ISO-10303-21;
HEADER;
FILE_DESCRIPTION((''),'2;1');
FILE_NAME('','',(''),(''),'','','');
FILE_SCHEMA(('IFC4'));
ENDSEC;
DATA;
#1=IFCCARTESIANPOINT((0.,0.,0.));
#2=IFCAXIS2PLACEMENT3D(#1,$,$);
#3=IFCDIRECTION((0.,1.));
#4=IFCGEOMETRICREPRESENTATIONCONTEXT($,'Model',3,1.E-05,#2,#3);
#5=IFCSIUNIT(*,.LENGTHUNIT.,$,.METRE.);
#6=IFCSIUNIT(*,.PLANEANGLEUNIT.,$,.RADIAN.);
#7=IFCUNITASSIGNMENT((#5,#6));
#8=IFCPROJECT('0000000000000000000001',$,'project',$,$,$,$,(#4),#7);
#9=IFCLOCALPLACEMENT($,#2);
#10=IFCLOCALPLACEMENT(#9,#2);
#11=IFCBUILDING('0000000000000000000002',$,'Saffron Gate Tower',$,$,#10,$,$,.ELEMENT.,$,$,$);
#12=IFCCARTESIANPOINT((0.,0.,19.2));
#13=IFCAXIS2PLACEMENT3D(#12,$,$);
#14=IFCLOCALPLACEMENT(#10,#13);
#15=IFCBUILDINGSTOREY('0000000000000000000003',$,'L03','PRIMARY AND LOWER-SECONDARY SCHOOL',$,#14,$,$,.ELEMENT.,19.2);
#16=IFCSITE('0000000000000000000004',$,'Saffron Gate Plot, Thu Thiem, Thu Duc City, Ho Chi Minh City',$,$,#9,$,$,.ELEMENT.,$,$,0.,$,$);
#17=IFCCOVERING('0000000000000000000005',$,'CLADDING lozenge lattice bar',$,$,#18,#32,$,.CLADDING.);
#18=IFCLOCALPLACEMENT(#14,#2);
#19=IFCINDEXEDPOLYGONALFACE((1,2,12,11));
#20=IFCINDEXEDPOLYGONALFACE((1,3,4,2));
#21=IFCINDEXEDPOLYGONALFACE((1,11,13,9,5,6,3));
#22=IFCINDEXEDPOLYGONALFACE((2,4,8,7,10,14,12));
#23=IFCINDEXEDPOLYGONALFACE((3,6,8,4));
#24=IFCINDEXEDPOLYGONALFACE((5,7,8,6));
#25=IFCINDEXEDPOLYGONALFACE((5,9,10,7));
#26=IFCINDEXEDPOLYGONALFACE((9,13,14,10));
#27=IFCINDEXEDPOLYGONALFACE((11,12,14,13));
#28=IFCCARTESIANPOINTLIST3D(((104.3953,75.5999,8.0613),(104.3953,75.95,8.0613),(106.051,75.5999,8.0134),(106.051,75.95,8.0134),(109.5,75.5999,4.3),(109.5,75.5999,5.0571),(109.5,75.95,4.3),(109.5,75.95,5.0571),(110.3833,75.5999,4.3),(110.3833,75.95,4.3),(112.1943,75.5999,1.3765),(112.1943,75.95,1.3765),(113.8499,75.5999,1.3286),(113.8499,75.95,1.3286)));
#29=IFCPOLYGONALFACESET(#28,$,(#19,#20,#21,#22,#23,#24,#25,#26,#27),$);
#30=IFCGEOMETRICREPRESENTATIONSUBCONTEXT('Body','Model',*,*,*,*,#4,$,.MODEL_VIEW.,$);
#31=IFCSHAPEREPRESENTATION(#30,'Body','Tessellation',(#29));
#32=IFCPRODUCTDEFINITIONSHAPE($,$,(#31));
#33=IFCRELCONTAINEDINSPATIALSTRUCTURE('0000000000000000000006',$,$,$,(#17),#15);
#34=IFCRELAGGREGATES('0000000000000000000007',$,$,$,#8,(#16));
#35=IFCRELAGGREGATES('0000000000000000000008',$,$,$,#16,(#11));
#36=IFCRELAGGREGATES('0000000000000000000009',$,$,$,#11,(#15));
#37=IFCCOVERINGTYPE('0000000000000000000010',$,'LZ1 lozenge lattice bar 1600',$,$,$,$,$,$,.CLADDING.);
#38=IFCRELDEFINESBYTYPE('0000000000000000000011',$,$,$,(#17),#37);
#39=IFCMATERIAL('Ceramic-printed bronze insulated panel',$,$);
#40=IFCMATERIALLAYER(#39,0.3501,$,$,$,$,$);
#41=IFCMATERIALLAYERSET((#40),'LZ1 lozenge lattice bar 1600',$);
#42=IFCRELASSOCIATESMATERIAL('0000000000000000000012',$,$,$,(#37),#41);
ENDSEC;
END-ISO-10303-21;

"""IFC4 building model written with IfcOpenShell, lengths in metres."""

from ifc_helpers import new_model, si_unit, direction, frame, origin, place, context, subcontext, project, spatial, polyline, outline, extrude, material, layer, layer_set, type_object, element, save


model = new_model("IFC4")

# Units and contexts
model_context = context("Model", 3, precision=1e-05, world=origin(), true_north=direction((0.0, 1.0)))
body_context = subcontext(model_context, "Body", "Model", "MODEL_VIEW")
ifc_project = project(units=[si_unit("LENGTHUNIT", "METRE"), si_unit("PLANEANGLEUNIT", "RADIAN")], contexts=[model_context])

# Site, building, storey
site_placement = place(None, origin())
site = spatial("IfcSite", under=ifc_project, at=site_placement, Name="Saffron Gate Plot, Thu Thiem, Thu Duc City, Ho Chi Minh City", CompositionType="ELEMENT", RefElevation=0.0)
building_placement = place(site_placement, origin())
building = spatial("IfcBuilding", under=site, at=building_placement, Name="Saffron Gate Tower", CompositionType="ELEMENT")
storey_placement = place(building_placement, frame((0.0, 0.0, 19.2)))
storey = spatial("IfcBuildingStorey", under=building, at=storey_placement, Name="L03", Description="PRIMARY AND LOWER-SECONDARY SCHOOL", CompositionType="ELEMENT", Elevation=19.2)

# Covering
ifc_material_1 = material(Name="Ceramic-printed bronze insulated panel")
ifc_layer_1 = layer(ifc_material_1, 0.3501)
ifc_layer_set_1 = layer_set([ifc_layer_1], Name="LZ1 lozenge lattice bar 1600")
covering_type_1 = type_object("IfcCoveringType", Name="LZ1 lozenge lattice bar 1600", PredefinedType="CLADDING", material=ifc_layer_set_1)
covering_1_placement = place(storey_placement, frame((113.8499, 75.95, 1.3286), z_axis=(0.0, 1.0, 0.0), x_axis=(-0.999583, 0.0, 0.028892)))
element("IfcCovering", 1, at=covering_1_placement, inside=storey, type_object=covering_type_1, Name="CLADDING lozenge lattice bar", PredefinedType="CLADDING", context=body_context, shape_type="SweptSolid", body=[
    extrude(outline(polyline([(0.0, 0.0), (1.6562, 0.0), (9.6452, 6.4567), (7.9887, 6.4567), (4.4558, 3.6013), (4.4339, 2.8445), (3.551, 2.87), (0.0, 0.0)])), origin(), (0.0, 0.0, -1.0), 0.3501),
])

save(model, "model.ifc")
